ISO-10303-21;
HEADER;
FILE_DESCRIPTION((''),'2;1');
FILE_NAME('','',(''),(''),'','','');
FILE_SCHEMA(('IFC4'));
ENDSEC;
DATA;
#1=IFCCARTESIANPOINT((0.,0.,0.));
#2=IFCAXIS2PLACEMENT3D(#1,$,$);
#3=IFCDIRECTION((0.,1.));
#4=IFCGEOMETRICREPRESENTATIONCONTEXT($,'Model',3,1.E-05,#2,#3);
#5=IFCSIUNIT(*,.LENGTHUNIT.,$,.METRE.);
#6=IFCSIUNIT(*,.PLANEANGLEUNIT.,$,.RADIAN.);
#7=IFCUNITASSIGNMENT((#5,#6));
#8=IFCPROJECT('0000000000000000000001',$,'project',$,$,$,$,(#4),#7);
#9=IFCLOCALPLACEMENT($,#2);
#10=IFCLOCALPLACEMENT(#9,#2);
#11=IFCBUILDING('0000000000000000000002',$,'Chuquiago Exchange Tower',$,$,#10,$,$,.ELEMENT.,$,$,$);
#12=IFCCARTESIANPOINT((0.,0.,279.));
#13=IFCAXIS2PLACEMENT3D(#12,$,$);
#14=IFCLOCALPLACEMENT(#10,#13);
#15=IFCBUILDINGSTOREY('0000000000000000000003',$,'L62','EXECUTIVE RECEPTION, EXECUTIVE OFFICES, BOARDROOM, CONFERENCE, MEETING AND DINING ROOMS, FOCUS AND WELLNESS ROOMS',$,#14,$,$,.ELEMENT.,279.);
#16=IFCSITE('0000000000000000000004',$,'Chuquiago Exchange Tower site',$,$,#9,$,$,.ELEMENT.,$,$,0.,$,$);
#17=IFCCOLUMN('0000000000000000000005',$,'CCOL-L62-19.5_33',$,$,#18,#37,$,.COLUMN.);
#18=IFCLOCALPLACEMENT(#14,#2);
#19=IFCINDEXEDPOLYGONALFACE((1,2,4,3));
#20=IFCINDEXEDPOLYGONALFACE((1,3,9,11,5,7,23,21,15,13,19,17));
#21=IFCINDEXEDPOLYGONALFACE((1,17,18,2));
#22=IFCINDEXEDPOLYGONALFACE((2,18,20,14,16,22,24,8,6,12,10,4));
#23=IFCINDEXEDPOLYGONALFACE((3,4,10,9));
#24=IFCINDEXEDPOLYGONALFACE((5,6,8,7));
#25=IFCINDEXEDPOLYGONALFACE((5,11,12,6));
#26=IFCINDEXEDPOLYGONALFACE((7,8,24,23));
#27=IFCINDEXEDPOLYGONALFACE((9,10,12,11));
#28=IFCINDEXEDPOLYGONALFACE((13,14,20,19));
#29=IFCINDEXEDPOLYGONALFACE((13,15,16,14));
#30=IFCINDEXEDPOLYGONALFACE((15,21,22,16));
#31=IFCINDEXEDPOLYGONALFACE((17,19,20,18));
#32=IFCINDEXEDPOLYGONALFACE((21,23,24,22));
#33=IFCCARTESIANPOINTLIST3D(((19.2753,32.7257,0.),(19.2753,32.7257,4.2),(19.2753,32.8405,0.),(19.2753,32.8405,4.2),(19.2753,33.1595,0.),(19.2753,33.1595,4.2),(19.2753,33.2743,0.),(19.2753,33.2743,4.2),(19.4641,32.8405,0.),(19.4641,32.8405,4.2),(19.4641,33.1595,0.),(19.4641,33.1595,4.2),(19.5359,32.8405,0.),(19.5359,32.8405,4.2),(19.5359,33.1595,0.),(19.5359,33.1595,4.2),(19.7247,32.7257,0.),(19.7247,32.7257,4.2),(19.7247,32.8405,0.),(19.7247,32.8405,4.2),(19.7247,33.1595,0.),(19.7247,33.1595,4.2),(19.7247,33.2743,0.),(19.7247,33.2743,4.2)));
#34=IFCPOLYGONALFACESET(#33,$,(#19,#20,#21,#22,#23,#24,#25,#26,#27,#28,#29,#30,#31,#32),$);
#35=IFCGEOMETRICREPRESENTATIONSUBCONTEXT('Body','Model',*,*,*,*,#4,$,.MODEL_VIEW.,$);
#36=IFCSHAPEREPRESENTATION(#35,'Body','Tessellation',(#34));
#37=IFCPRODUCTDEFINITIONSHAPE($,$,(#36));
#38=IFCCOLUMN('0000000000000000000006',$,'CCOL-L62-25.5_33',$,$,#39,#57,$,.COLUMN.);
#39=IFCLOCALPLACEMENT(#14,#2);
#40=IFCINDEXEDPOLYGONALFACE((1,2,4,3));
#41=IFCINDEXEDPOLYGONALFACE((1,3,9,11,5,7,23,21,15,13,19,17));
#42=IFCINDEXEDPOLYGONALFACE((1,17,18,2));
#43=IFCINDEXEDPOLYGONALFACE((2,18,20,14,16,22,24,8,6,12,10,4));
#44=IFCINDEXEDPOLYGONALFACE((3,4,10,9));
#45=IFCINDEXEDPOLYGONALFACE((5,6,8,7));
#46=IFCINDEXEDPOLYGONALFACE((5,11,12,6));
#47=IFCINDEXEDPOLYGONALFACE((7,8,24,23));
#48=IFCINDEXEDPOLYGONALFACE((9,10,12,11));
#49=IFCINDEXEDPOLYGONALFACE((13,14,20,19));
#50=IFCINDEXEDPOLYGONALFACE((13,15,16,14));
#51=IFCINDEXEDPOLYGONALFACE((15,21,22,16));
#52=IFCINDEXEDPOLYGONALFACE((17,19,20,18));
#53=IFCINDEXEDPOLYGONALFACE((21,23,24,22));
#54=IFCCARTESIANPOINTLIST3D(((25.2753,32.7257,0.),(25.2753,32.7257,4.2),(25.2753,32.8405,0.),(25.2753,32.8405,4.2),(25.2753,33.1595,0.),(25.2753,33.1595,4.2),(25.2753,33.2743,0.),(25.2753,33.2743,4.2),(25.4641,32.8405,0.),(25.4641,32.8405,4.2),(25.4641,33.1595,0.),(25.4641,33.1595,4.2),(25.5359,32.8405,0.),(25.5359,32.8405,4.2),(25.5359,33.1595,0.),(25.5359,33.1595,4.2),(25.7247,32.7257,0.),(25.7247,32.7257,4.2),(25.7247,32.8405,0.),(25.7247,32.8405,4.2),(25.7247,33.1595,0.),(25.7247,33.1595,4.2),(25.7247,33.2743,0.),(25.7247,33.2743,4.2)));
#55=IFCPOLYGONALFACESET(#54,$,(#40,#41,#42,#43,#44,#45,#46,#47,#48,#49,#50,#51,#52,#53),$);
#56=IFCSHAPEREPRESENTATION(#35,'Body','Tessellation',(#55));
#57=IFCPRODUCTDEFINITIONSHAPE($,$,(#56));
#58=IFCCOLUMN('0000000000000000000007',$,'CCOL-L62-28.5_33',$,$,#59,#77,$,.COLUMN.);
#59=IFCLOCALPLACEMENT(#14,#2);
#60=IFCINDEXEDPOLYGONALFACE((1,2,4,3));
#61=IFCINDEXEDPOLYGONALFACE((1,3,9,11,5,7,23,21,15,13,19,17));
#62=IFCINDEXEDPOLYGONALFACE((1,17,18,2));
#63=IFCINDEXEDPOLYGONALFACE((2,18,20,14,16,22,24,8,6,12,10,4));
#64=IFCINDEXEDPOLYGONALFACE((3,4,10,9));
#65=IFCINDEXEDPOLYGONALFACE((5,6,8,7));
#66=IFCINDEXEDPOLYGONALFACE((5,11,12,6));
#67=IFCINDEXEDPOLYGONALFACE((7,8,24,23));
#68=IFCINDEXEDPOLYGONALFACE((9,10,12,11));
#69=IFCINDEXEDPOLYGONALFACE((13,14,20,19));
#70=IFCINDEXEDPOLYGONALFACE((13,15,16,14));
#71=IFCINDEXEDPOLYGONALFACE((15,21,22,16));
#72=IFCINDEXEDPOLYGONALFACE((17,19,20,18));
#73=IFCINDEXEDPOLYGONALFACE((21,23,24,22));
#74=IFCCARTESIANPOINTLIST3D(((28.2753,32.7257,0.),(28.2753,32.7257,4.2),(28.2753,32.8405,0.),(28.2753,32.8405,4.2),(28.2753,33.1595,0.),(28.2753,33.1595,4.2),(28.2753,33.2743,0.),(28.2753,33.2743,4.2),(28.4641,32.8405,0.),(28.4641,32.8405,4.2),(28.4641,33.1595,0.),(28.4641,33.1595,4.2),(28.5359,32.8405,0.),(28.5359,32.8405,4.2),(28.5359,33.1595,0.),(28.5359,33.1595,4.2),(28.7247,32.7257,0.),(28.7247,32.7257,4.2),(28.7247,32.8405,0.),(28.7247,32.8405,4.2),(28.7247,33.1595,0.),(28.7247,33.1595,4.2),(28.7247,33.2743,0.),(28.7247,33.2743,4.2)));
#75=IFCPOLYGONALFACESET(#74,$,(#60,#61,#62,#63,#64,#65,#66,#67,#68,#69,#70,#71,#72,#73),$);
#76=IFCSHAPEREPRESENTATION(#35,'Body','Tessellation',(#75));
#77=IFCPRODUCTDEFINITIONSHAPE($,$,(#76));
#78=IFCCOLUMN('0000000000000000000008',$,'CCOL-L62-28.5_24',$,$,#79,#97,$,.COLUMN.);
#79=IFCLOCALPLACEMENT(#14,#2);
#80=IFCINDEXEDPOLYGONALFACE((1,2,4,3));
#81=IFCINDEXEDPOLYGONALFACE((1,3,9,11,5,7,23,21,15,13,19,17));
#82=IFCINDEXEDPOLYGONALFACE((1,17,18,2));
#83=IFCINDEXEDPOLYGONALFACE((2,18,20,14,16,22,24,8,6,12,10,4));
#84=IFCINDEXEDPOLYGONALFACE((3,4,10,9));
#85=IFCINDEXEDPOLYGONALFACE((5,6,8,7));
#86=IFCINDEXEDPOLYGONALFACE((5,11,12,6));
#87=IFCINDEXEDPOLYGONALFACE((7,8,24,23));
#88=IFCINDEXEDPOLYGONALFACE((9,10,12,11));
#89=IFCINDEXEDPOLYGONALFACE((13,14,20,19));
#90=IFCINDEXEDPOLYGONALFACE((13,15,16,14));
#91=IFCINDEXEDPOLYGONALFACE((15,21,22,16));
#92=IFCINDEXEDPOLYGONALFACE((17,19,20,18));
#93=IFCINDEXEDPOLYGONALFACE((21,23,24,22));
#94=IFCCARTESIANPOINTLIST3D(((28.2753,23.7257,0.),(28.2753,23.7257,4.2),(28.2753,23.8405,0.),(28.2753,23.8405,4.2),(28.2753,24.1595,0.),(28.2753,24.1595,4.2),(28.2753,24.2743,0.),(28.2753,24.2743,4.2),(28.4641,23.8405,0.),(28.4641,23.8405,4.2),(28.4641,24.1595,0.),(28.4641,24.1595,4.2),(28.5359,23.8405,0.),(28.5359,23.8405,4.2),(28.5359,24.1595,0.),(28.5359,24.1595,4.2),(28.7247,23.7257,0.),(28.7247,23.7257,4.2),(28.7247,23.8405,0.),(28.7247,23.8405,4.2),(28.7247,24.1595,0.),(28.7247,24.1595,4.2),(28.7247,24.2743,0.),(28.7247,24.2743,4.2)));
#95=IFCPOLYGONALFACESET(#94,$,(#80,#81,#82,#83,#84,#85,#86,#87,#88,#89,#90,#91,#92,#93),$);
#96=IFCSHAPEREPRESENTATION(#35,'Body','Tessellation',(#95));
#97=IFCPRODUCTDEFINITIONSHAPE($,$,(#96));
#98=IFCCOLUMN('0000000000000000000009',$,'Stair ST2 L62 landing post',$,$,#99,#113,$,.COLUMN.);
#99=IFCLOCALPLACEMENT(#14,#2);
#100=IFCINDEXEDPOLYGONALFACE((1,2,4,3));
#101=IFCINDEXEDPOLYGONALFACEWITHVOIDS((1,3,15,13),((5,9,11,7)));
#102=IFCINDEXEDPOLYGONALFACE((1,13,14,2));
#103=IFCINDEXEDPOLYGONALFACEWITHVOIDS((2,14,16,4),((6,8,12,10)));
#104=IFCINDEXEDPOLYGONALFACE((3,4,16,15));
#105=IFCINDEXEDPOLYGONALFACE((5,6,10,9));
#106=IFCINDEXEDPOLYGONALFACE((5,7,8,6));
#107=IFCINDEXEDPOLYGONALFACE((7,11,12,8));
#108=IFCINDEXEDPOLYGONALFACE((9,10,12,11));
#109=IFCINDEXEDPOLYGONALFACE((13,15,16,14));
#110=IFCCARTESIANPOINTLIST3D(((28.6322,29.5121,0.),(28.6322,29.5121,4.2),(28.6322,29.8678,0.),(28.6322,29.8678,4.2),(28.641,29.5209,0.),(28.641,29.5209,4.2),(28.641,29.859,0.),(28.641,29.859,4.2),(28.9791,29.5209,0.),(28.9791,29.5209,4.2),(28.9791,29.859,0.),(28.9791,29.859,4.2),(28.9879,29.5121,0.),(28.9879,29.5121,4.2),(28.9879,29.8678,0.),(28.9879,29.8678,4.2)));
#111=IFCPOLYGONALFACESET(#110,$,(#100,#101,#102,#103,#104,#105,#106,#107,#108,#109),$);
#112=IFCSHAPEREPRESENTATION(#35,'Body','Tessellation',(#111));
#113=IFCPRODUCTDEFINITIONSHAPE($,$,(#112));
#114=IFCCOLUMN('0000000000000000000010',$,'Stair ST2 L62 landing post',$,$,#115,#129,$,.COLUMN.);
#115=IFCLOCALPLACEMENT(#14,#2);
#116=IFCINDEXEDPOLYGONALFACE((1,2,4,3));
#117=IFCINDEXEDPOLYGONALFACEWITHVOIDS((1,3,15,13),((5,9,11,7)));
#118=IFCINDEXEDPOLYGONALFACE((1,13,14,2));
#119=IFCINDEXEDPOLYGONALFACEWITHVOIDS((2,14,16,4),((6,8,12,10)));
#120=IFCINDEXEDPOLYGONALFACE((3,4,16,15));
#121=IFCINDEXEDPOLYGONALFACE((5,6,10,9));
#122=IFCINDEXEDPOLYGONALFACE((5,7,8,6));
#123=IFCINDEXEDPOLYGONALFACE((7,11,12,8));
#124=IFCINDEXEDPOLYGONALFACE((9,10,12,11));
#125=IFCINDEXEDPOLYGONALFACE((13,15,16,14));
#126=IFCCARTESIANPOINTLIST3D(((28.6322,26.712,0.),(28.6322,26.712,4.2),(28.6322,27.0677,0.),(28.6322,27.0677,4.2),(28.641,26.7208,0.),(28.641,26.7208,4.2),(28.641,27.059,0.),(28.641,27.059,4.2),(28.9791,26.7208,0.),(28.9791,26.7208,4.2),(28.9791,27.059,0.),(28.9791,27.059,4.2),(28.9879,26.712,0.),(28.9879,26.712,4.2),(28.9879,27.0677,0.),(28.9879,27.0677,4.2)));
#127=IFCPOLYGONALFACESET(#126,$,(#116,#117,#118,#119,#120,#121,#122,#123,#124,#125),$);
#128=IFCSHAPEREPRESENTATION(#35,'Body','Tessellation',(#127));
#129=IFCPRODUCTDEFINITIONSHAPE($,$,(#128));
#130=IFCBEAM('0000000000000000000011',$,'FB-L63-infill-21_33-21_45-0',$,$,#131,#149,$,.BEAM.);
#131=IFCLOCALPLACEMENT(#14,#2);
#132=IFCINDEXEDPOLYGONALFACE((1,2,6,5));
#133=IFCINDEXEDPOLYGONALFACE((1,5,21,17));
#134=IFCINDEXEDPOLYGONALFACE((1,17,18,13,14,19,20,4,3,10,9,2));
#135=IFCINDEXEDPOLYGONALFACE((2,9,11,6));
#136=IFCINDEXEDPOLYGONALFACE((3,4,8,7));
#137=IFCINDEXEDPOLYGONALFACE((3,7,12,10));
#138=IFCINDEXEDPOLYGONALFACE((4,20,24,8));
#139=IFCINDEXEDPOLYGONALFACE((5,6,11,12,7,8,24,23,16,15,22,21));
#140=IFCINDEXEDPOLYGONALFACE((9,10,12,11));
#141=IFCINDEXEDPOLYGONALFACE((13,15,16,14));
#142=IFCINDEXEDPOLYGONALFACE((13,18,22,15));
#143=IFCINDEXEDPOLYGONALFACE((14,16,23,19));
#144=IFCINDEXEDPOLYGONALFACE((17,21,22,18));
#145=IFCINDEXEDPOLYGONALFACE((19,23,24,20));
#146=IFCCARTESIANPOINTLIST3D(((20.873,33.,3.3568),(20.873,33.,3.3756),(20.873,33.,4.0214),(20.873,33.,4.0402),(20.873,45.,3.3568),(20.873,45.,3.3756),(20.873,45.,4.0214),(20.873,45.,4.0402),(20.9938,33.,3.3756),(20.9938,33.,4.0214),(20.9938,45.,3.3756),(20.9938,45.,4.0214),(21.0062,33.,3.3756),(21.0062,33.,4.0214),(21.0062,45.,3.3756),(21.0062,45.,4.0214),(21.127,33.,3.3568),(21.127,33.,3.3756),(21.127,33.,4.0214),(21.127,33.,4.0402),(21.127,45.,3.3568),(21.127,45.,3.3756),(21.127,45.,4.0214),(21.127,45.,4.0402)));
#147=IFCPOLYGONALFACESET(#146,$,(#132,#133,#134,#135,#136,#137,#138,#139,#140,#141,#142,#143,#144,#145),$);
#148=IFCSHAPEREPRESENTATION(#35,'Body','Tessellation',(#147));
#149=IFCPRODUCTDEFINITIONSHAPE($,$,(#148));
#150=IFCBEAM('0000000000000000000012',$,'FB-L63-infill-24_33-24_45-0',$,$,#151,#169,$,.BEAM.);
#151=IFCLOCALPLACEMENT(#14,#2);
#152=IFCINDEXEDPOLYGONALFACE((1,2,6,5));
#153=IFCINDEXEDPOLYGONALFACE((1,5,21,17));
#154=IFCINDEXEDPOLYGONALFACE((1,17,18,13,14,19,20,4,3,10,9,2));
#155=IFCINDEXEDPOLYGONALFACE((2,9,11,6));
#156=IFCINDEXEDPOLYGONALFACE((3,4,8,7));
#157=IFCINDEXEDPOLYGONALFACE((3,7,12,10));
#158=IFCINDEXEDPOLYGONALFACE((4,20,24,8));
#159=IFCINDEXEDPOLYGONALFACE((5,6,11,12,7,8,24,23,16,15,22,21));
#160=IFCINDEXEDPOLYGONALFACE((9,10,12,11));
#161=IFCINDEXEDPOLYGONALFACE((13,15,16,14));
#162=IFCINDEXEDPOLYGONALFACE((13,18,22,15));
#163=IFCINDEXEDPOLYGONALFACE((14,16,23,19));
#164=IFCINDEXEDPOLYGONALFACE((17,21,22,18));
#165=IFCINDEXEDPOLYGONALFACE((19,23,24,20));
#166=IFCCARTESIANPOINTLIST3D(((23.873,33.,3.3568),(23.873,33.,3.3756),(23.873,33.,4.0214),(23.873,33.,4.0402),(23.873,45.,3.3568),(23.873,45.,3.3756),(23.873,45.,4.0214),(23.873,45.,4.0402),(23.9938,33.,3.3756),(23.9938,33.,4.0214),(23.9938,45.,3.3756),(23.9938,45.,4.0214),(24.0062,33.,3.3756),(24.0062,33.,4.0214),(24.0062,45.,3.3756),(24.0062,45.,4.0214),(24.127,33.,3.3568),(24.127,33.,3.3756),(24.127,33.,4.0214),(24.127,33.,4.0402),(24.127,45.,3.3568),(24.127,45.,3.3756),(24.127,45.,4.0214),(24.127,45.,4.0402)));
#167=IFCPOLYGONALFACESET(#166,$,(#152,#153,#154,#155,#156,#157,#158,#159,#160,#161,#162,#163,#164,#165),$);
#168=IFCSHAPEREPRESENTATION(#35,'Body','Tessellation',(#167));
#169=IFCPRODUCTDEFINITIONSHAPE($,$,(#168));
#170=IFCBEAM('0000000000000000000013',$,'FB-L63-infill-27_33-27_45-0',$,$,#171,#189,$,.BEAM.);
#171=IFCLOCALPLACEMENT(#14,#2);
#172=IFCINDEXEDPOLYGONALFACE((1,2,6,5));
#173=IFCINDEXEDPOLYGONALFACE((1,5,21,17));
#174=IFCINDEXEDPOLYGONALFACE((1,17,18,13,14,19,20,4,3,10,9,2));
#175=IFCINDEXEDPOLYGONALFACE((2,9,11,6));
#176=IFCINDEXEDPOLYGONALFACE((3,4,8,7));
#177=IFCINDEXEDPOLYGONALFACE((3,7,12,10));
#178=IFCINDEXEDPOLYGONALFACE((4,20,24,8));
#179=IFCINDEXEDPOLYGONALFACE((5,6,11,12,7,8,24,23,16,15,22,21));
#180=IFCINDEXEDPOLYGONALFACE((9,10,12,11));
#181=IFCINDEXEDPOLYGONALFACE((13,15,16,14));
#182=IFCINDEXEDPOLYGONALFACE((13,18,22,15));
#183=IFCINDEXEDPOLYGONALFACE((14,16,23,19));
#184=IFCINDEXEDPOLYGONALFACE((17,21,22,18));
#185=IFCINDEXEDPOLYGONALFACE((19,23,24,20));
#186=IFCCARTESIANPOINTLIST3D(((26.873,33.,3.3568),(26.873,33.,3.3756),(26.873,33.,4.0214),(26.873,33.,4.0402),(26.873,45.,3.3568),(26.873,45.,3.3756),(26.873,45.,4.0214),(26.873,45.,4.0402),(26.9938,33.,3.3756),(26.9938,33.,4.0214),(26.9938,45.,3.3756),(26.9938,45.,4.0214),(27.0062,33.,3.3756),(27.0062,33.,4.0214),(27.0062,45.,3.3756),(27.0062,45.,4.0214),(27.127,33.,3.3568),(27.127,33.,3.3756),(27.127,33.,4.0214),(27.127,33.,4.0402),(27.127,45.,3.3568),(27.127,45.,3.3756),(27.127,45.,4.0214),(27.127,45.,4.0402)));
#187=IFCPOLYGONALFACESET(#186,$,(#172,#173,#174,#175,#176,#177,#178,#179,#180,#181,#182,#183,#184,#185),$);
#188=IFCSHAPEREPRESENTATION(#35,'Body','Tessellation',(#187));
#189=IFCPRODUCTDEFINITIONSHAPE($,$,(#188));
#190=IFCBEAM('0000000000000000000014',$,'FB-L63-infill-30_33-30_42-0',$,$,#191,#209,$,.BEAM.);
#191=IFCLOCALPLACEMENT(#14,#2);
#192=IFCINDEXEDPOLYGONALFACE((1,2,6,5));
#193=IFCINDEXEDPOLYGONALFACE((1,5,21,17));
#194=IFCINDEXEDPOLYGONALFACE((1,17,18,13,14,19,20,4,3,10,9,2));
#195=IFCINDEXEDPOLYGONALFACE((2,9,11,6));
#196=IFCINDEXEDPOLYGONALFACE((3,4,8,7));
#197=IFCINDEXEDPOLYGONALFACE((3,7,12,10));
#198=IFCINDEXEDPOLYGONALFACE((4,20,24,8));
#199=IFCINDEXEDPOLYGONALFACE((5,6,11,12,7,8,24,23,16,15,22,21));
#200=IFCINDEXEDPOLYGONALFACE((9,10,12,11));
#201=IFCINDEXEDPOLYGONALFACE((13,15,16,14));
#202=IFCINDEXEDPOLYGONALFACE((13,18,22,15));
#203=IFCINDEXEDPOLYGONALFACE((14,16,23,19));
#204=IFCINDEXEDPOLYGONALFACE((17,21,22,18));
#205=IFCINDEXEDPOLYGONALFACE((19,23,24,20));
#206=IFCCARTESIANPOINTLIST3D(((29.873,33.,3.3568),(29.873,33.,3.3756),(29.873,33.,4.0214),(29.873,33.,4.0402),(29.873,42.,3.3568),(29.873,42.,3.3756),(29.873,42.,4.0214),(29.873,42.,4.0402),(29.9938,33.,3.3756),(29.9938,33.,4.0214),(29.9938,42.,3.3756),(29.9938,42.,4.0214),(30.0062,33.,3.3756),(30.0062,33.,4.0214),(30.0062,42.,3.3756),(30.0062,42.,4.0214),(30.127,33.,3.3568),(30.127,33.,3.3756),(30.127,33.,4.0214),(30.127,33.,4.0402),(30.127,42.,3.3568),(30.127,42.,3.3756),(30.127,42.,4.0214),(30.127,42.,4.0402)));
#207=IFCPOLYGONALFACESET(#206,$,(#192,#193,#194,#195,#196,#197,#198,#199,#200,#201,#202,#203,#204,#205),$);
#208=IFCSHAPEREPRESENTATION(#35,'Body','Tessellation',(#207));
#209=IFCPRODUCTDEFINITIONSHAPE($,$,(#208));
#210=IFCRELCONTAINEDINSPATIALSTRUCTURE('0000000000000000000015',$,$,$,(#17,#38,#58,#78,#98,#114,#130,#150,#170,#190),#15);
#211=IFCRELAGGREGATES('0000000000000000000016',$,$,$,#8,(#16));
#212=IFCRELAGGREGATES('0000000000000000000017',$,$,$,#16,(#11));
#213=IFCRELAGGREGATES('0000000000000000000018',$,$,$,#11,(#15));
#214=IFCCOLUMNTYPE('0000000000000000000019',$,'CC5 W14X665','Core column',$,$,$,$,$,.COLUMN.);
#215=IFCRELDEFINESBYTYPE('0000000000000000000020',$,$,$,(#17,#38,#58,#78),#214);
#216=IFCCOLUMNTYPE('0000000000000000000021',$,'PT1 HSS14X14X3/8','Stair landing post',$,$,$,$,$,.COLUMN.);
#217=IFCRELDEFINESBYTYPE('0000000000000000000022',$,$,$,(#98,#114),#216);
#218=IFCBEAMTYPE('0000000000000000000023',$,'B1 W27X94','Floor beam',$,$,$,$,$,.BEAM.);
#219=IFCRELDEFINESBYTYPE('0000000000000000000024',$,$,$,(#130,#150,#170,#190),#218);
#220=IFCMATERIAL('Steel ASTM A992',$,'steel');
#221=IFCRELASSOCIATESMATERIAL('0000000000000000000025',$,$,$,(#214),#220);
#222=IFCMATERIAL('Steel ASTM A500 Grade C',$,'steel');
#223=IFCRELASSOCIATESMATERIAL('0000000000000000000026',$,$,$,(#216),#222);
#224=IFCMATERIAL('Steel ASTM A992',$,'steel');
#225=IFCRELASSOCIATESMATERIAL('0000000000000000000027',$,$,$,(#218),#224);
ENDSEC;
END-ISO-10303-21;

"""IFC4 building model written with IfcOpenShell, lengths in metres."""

from ifc_helpers import new_model, si_unit, direction, frame, origin, origin_2d, place, context, subcontext, project, spatial, hollow_rectangle, i_section, extrude, material, material_profile, profile_set, type_object, element, save


model = new_model("IFC4")

# Units and contexts
model_context = context("Model", 3, precision=1e-05, world=origin(), true_north=direction((0.0, 1.0)))
body_context = subcontext(model_context, "Body", "Model", "MODEL_VIEW")
ifc_project = project(units=[si_unit("LENGTHUNIT", "METRE"), si_unit("PLANEANGLEUNIT", "RADIAN")], contexts=[model_context])

# Site, building, storey
site_placement = place(None, origin())
site = spatial("IfcSite", under=ifc_project, at=site_placement, Name="Chuquiago Exchange Tower site", CompositionType="ELEMENT", RefElevation=0.0)
building_placement = place(site_placement, origin())
building = spatial("IfcBuilding", under=site, at=building_placement, Name="Chuquiago Exchange Tower", CompositionType="ELEMENT")
storey_placement = place(building_placement, frame((0.0, 0.0, 279.0)))
storey = spatial("IfcBuildingStorey", under=building, at=storey_placement, Name="L62", Description="EXECUTIVE RECEPTION, EXECUTIVE OFFICES, BOARDROOM, CONFERENCE, MEETING AND DINING ROOMS, FOCUS AND WELLNESS ROOMS", CompositionType="ELEMENT", Elevation=279.0)

# Columns
ifc_material_1 = material(Name="Steel ASTM A992", Category="steel")
ifc_material_profile_1 = material_profile(ifc_material_1, i_section(OverallWidth=0.4495, OverallDepth=0.5486, WebThickness=0.0718, FlangeThickness=0.1147, at=origin_2d()), Name="W14X665")
ifc_profile_set_1 = profile_set([ifc_material_profile_1], Name="Steel ASTM A992")
column_type_1 = type_object("IfcColumnType", Name="CC5 W14X665", Description="Core column", PredefinedType="COLUMN", material=ifc_profile_set_1)
for number, where, z_axis, x_axis, name in (
    (1, (19.5, 33.0, 0.0), (0.0, 0.0, 1.0), (1.0, 0.0, 0.0), "CCOL-L62-19.5_33"),
    (2, (25.5, 33.0, 0.0), (0.0, 0.0, 1.0), (1.0, 0.0, 0.0), "CCOL-L62-25.5_33"),
    (3, (28.5, 33.0, 0.0), (0.0, 0.0, 1.0), (1.0, 0.0, 0.0), "CCOL-L62-28.5_33"),
    (4, (28.5, 24.0, 0.0), (0.0, 0.0, 1.0), (1.0, 0.0, 0.0), "CCOL-L62-28.5_24"),
):
    element("IfcColumn", number, at=place(storey_placement, frame(where, z_axis=z_axis, x_axis=x_axis)), inside=storey, type_object=column_type_1, Name=name, PredefinedType="COLUMN", context=body_context, shape_type="SweptSolid", body=[
        extrude(i_section(OverallWidth=0.4495, OverallDepth=0.5486, WebThickness=0.0718, FlangeThickness=0.1147, at=origin_2d()), origin(), (0.0, 0.0, 1.0), 4.2),
    ])
ifc_material_2 = material(Name="Steel ASTM A500 Grade C", Category="steel")
ifc_material_profile_2 = material_profile(ifc_material_2, hollow_rectangle(XDim=0.3557, YDim=0.3557, WallThickness=0.0088, at=origin_2d()), Name="HSS14X14X3/8")
ifc_profile_set_2 = profile_set([ifc_material_profile_2], Name="Steel ASTM A500 Grade C")
column_type_2 = type_object("IfcColumnType", Name="PT1 HSS14X14X3/8", Description="Stair landing post", PredefinedType="COLUMN", material=ifc_profile_set_2)
for number, where, z_axis, x_axis, name in (
    (5, (28.8101, 29.6899, 0.0), (0.0, 0.0, 1.0), (1.0, 0.0, 0.0), "Stair ST2 L62 landing post"),
    (6, (28.8101, 26.8899, 0.0), (0.0, 0.0, 1.0), (1.0, 0.0, 0.0), "Stair ST2 L62 landing post"),
):
    element("IfcColumn", number, at=place(storey_placement, frame(where, z_axis=z_axis, x_axis=x_axis)), inside=storey, type_object=column_type_2, Name=name, PredefinedType="COLUMN", context=body_context, shape_type="SweptSolid", body=[
        extrude(hollow_rectangle(XDim=0.3557, YDim=0.3557, WallThickness=0.0088, at=origin_2d()), origin(), (0.0, 0.0, 1.0), 4.2),
    ])

# Beams
ifc_material_3 = material(Name="Steel ASTM A992", Category="steel")
ifc_material_profile_3 = material_profile(ifc_material_3, i_section(OverallWidth=0.2539, OverallDepth=0.6833, WebThickness=0.0125, FlangeThickness=0.0188, at=origin_2d()), Name="W27X94")
ifc_profile_set_3 = profile_set([ifc_material_profile_3], Name="Steel ASTM A992")
beam_type_1 = type_object("IfcBeamType", Name="B1 W27X94", Description="Floor beam", PredefinedType="BEAM", material=ifc_profile_set_3)
for number, where, z_axis, x_axis, name in (
    (7, (21.0, 33.0, 3.6985), (0.0, 1.0, 0.0), (-1.0, 0.0, 0.0), "FB-L63-infill-21_33-21_45-0"),
    (8, (24.0, 33.0, 3.6985), (0.0, 1.0, 0.0), (-1.0, 0.0, 0.0), "FB-L63-infill-24_33-24_45-0"),
    (9, (27.0, 33.0, 3.6985), (0.0, 1.0, 0.0), (-1.0, 0.0, 0.0), "FB-L63-infill-27_33-27_45-0"),
):
    element("IfcBeam", number, at=place(storey_placement, frame(where, z_axis=z_axis, x_axis=x_axis)), inside=storey, type_object=beam_type_1, Name=name, PredefinedType="BEAM", context=body_context, shape_type="SweptSolid", body=[
        extrude(i_section(OverallWidth=0.2539, OverallDepth=0.6833, WebThickness=0.0125, FlangeThickness=0.0188, at=origin_2d()), origin(), (0.0, 0.0, 1.0), 12.0),
    ])
beam_1_placement = place(storey_placement, frame((30.0, 33.0, 3.6985), z_axis=(0.0, 1.0, 0.0), x_axis=(-1.0, 0.0, 0.0)))
element("IfcBeam", 10, at=beam_1_placement, inside=storey, type_object=beam_type_1, Name="FB-L63-infill-30_33-30_42-0", PredefinedType="BEAM", context=body_context, shape_type="SweptSolid", body=[
    extrude(i_section(OverallWidth=0.2539, OverallDepth=0.6833, WebThickness=0.0125, FlangeThickness=0.0188, at=origin_2d()), origin(), (0.0, 0.0, 1.0), 9.0),
])

save(model, "model.ifc")
